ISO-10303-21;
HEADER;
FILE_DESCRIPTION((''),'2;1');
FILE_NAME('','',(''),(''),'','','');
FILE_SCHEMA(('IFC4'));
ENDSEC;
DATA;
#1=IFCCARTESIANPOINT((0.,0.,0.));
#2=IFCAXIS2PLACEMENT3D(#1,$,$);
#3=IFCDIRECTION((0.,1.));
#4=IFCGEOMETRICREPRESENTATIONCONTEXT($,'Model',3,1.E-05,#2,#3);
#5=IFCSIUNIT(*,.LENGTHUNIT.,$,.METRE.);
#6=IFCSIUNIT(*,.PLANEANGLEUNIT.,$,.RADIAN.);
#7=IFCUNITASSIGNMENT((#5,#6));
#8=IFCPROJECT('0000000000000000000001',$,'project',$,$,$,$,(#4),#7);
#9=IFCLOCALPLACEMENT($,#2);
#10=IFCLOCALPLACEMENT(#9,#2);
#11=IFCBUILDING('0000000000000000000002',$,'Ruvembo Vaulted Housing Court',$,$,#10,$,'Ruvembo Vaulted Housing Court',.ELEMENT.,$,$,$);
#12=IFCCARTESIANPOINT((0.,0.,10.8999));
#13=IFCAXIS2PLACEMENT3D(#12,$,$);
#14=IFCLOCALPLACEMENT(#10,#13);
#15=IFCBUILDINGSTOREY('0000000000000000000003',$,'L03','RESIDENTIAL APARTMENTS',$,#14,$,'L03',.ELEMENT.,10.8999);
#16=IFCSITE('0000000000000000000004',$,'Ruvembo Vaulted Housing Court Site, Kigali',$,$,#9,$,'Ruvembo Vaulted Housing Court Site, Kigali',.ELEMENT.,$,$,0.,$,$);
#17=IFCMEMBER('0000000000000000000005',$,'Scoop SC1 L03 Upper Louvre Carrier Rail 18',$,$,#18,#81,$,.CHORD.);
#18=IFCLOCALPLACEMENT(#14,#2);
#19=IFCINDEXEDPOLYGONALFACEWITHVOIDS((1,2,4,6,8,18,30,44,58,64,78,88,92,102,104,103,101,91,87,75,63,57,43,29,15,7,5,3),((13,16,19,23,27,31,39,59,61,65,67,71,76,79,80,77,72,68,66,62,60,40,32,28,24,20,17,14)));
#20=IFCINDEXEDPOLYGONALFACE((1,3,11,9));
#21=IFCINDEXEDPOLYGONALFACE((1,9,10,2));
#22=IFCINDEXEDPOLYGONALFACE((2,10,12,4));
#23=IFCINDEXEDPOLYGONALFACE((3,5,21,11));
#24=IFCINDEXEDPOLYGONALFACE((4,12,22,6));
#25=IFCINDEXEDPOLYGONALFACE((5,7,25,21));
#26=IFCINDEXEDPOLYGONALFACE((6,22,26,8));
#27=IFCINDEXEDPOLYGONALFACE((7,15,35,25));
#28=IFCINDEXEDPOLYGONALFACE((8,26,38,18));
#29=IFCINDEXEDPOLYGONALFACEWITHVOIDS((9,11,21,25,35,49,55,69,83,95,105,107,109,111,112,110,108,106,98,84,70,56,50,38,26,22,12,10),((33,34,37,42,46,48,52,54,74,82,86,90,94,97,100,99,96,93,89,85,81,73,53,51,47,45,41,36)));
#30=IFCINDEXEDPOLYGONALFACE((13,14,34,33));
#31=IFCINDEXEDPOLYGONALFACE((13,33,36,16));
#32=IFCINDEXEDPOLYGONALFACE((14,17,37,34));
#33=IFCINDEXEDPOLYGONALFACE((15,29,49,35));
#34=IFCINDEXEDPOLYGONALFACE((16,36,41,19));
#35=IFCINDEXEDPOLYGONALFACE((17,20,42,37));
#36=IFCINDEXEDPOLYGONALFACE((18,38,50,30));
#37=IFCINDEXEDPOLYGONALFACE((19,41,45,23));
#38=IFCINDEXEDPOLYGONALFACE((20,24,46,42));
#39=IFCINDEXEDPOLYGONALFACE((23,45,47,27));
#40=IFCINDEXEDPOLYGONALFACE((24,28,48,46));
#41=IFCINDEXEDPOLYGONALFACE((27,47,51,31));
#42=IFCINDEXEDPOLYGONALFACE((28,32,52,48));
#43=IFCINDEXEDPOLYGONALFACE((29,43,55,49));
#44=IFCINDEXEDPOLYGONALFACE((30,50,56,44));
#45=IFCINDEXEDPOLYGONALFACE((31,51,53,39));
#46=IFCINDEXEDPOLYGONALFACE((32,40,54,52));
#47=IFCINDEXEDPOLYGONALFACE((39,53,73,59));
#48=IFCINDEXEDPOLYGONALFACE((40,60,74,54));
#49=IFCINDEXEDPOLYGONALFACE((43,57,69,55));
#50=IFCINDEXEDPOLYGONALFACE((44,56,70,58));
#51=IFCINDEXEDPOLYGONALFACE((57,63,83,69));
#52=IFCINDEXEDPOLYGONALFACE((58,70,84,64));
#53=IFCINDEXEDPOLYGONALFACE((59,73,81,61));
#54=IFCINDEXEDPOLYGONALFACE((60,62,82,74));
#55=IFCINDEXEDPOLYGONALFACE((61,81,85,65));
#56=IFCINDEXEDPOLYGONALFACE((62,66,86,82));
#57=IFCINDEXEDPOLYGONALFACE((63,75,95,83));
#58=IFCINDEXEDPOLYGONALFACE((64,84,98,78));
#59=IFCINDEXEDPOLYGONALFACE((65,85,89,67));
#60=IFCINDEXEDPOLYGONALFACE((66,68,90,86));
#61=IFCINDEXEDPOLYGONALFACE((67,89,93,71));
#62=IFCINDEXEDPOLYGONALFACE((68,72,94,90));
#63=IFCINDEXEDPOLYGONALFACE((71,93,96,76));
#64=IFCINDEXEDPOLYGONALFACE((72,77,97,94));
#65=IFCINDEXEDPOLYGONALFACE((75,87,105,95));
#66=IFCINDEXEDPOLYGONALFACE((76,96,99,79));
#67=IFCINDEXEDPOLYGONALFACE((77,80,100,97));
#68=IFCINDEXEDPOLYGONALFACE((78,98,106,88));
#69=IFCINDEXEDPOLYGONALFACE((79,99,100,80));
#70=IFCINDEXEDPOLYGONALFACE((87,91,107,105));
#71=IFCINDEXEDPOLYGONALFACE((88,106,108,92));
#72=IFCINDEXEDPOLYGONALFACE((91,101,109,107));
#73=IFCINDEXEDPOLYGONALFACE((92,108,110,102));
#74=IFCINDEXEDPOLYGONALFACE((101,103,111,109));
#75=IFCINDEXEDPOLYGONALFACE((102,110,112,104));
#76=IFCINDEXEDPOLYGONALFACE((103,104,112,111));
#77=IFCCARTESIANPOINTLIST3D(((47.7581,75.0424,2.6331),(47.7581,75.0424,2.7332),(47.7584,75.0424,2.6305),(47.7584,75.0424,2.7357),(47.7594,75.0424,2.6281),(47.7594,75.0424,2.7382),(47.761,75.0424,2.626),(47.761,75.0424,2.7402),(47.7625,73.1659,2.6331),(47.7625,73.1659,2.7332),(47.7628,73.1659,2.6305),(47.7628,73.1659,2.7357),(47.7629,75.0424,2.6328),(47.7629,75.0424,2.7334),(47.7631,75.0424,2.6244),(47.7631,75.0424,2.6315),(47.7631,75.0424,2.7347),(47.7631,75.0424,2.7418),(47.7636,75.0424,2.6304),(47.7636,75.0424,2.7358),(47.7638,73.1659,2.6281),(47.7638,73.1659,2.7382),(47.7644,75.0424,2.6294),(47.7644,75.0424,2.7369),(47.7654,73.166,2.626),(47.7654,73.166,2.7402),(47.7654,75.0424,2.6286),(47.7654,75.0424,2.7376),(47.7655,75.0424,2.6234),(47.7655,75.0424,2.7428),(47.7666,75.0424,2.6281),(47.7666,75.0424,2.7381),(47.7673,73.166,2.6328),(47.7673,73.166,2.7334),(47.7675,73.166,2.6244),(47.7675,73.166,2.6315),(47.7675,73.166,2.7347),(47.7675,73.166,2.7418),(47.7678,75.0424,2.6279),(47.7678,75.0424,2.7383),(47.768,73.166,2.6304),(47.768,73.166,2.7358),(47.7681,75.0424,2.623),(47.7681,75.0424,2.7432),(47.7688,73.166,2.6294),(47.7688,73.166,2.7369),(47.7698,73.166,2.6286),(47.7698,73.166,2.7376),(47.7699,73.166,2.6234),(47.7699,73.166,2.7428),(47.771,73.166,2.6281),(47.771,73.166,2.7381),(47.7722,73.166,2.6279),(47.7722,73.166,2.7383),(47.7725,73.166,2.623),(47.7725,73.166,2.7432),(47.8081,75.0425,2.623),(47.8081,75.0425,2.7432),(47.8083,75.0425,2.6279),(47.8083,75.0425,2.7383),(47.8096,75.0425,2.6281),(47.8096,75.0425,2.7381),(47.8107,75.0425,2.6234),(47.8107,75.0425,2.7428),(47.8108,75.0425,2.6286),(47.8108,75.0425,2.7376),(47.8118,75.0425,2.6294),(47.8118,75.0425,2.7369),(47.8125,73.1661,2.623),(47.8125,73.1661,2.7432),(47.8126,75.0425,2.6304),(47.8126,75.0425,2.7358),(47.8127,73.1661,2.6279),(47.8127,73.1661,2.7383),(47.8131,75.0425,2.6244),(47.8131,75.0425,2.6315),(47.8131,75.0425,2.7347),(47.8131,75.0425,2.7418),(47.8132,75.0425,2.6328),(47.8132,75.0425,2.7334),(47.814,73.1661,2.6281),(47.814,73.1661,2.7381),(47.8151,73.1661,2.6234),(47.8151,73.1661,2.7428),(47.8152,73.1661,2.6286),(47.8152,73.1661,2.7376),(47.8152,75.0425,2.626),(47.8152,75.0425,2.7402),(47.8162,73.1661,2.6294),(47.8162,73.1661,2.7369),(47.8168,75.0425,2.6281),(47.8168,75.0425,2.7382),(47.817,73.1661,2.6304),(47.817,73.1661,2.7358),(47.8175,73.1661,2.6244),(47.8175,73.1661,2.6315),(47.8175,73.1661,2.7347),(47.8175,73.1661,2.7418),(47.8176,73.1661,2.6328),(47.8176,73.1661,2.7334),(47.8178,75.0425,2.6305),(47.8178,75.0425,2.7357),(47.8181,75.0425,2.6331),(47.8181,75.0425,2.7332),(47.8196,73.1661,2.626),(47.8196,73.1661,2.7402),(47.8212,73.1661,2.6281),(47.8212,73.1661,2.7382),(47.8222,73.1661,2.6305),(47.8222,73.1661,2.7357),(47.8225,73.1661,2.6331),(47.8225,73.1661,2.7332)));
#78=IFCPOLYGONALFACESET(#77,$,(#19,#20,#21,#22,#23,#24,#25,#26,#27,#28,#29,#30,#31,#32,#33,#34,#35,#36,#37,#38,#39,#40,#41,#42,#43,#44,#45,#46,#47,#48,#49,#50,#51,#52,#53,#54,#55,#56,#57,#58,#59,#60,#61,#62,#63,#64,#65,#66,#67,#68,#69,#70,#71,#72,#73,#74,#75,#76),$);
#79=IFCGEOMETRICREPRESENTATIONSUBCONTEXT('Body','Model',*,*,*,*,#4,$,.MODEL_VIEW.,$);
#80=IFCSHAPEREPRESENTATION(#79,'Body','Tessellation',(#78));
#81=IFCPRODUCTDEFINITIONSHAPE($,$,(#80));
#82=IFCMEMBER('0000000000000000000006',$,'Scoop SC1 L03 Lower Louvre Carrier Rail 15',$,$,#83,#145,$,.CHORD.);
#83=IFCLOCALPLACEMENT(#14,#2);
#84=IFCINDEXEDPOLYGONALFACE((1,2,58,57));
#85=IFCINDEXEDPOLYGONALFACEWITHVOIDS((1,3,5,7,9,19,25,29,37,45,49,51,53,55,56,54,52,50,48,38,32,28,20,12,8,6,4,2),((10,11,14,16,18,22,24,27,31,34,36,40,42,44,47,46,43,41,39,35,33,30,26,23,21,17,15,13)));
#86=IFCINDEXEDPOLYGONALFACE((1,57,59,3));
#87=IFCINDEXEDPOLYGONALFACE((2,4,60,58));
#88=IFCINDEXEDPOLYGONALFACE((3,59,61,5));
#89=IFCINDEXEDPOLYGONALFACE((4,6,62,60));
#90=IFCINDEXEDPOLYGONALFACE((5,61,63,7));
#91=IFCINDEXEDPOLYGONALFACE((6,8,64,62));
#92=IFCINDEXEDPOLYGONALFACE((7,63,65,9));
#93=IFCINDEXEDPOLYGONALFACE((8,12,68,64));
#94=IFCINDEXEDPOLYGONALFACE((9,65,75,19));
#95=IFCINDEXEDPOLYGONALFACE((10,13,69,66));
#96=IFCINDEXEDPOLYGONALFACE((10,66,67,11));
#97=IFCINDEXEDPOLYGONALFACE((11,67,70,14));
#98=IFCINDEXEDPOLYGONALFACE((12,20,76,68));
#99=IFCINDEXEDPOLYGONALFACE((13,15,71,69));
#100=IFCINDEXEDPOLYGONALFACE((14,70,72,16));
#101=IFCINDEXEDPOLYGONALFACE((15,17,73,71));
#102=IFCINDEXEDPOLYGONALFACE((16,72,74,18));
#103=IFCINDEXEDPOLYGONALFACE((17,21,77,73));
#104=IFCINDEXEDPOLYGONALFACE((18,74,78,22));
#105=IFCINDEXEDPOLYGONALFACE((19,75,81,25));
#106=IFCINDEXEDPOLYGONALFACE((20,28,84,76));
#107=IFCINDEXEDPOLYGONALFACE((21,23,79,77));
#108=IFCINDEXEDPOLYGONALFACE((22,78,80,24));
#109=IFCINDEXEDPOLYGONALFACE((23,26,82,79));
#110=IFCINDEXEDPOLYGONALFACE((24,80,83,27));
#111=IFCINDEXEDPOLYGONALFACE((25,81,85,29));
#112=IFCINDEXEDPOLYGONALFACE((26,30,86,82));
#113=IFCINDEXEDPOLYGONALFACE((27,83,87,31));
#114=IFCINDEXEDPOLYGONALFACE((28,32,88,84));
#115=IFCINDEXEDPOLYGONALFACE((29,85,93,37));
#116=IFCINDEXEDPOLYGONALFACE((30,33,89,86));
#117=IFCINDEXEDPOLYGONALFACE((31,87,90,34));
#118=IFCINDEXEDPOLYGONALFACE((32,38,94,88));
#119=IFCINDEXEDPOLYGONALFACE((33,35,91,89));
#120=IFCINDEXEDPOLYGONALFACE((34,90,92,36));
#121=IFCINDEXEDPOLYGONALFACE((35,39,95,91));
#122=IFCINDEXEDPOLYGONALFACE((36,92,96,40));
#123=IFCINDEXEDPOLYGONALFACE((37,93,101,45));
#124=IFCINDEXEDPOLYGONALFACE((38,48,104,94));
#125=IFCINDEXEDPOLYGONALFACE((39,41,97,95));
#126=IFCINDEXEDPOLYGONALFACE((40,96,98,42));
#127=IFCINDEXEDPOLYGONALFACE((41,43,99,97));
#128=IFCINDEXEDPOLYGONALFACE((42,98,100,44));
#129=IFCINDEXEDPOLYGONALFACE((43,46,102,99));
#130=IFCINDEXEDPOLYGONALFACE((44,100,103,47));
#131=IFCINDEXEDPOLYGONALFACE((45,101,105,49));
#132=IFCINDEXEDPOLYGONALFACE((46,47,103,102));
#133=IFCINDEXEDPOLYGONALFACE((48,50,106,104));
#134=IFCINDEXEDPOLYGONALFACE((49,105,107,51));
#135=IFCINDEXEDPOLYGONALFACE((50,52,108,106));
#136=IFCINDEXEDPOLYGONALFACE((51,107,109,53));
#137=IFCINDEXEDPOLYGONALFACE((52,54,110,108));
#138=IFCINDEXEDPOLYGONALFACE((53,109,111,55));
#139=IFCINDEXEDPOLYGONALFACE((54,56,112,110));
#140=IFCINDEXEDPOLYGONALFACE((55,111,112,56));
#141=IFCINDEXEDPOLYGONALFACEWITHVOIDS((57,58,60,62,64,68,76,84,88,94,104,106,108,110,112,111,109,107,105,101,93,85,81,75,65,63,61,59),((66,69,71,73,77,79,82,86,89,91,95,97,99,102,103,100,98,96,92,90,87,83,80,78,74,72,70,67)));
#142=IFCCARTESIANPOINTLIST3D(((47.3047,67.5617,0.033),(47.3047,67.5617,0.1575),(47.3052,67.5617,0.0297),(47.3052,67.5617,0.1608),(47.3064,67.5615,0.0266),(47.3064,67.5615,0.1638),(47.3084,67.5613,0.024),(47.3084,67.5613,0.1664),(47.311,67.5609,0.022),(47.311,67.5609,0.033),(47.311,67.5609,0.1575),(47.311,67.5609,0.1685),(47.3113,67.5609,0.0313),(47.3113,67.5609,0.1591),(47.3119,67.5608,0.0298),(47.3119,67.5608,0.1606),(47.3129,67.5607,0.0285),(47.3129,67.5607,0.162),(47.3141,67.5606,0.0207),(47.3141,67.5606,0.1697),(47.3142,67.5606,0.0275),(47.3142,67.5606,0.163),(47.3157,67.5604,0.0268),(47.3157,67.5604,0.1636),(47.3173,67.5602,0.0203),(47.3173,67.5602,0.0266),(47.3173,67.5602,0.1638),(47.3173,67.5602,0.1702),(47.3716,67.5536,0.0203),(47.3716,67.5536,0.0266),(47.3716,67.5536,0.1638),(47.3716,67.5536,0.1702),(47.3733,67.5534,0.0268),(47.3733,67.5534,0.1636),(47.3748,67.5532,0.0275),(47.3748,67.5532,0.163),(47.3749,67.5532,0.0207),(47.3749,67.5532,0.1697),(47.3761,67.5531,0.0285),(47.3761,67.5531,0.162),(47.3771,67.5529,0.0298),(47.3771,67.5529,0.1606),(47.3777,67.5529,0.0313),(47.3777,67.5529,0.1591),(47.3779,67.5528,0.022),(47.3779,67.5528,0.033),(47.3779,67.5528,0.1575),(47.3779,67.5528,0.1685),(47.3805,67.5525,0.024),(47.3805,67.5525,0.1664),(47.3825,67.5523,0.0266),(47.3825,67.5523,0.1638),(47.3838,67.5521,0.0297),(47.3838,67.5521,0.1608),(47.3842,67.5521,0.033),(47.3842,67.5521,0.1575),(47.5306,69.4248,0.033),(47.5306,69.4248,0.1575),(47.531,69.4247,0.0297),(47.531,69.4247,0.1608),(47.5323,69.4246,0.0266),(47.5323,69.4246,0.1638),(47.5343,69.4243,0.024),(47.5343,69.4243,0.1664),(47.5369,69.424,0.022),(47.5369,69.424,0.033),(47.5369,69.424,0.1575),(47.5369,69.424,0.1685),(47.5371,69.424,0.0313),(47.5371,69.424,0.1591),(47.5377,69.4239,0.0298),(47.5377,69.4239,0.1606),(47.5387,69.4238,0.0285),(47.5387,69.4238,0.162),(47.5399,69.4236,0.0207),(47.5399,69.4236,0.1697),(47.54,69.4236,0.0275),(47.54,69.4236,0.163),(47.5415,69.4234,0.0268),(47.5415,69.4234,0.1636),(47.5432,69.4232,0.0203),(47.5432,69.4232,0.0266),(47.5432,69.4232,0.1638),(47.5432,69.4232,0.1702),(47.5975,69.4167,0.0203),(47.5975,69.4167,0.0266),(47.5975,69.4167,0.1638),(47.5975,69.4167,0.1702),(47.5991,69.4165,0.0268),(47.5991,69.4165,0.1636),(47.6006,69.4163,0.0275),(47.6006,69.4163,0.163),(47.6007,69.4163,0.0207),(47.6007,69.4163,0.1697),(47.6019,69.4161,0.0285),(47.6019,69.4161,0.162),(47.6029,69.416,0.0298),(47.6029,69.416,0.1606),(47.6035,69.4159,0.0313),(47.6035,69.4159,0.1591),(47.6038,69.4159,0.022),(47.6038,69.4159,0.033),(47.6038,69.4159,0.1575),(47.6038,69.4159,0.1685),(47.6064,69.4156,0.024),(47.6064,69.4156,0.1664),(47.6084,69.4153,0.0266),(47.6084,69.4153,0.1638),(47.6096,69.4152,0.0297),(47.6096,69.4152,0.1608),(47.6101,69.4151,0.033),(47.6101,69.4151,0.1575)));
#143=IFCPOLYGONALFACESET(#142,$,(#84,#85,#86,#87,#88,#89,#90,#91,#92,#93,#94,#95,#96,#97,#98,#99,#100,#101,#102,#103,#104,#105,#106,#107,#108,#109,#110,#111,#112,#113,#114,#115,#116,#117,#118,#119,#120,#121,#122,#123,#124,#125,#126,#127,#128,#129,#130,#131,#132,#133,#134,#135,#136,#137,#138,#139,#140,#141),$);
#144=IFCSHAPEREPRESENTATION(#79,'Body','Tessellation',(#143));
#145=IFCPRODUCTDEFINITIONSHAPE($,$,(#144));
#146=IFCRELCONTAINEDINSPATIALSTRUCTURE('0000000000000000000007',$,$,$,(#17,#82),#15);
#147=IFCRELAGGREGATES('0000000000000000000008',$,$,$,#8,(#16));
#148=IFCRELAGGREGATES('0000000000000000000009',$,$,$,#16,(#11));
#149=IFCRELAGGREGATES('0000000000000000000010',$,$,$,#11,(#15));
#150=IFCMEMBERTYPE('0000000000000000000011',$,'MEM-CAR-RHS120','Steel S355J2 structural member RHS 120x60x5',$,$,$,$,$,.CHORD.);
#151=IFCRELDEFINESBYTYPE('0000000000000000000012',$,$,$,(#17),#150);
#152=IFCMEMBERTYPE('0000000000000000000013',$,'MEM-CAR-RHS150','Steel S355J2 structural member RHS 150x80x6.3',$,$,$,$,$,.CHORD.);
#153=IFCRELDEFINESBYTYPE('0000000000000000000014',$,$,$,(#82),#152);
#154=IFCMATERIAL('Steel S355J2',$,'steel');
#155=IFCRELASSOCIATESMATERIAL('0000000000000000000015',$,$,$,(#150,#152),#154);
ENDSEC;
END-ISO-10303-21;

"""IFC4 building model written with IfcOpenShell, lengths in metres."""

from ifc_helpers import new_model, si_unit, direction, frame, origin, origin_2d, place, context, subcontext, project, spatial, hollow_rectangle, extrude, material, material_profile, profile_set, type_object, element, save


model = new_model("IFC4")

# Units and contexts
model_context = context("Model", 3, precision=1e-05, world=origin(), true_north=direction((0.0, 1.0)))
body_context = subcontext(model_context, "Body", "Model", "MODEL_VIEW")
ifc_project = project(units=[si_unit("LENGTHUNIT", "METRE"), si_unit("PLANEANGLEUNIT", "RADIAN")], contexts=[model_context])

# Site, building, storey
site_placement = place(None, origin())
site = spatial("IfcSite", under=ifc_project, at=site_placement, Name="Ruvembo Vaulted Housing Court Site, Kigali", LongName="Ruvembo Vaulted Housing Court Site, Kigali", CompositionType="ELEMENT", RefElevation=0.0)
building_placement = place(site_placement, origin())
building = spatial("IfcBuilding", under=site, at=building_placement, Name="Ruvembo Vaulted Housing Court", LongName="Ruvembo Vaulted Housing Court", CompositionType="ELEMENT")
storey_placement = place(building_placement, frame((0.0, 0.0, 10.8999)))
storey = spatial("IfcBuildingStorey", under=building, at=storey_placement, Name="L03", Description="RESIDENTIAL APARTMENTS", LongName="L03", CompositionType="ELEMENT", Elevation=10.8999)

# Shared definitions
ifc_material_1 = material(Name="Steel S355J2", Category="steel")

# Members
ifc_material_profile_1 = material_profile(ifc_material_1, hollow_rectangle(XDim=0.0601, YDim=0.1201, WallThickness=0.0049, InnerFilletRadius=0.0049, OuterFilletRadius=0.01, at=origin_2d()), Name="RHS 120x60x5")
ifc_profile_set_1 = profile_set([ifc_material_profile_1], Name="Steel S355J2")
member_type_1 = type_object("IfcMemberType", Name="MEM-CAR-RHS120", Description="Steel S355J2 structural member RHS 120x60x5", PredefinedType="CHORD", material=ifc_profile_set_1)
member_1_placement = place(storey_placement, frame((47.7925, 73.166, 2.6831), z_axis=(-0.002342, 0.999997, 0.0), x_axis=(-0.999997, -0.002342, 0.0)))
element("IfcMember", 1, at=member_1_placement, inside=storey, type_object=member_type_1, Name="Scoop SC1 L03 Upper Louvre Carrier Rail 18", PredefinedType="CHORD", context=body_context, shape_type="SweptSolid", body=[
    extrude(hollow_rectangle(XDim=0.0601, YDim=0.1201, WallThickness=0.0049, InnerFilletRadius=0.0049, OuterFilletRadius=0.01, at=origin_2d()), origin(), (0.0, 0.0, 1.0), 1.8765),
])
ifc_material_profile_2 = material_profile(ifc_material_1, hollow_rectangle(XDim=0.0801, YDim=0.1499, WallThickness=0.0063, InnerFilletRadius=0.0063, OuterFilletRadius=0.0127, at=origin_2d()), Name="RHS 150x80x6.3")
ifc_profile_set_2 = profile_set([ifc_material_profile_2], Name="Steel S355J2")
member_type_2 = type_object("IfcMemberType", Name="MEM-CAR-RHS150", Description="Steel S355J2 structural member RHS 150x80x6.3", PredefinedType="CHORD", material=ifc_profile_set_2)
for number, where, z_axis, x_axis, name in (
    (2, (47.3445, 67.5569, 0.0952), (0.120335, 0.992733, 0.0), (-0.992733, 0.120335, 0.0), "Scoop SC1 L03 Lower Louvre Carrier Rail 15"),
):
    element("IfcMember", number, at=place(storey_placement, frame(where, z_axis=z_axis, x_axis=x_axis)), inside=storey, type_object=member_type_2, Name=name, PredefinedType="CHORD", context=body_context, shape_type="SweptSolid", body=[
        extrude(hollow_rectangle(XDim=0.0801, YDim=0.1499, WallThickness=0.0063, InnerFilletRadius=0.0063, OuterFilletRadius=0.0127, at=origin_2d()), origin(), (0.0, 0.0, 1.0), 1.8767),
    ])

save(model, "model.ifc")
